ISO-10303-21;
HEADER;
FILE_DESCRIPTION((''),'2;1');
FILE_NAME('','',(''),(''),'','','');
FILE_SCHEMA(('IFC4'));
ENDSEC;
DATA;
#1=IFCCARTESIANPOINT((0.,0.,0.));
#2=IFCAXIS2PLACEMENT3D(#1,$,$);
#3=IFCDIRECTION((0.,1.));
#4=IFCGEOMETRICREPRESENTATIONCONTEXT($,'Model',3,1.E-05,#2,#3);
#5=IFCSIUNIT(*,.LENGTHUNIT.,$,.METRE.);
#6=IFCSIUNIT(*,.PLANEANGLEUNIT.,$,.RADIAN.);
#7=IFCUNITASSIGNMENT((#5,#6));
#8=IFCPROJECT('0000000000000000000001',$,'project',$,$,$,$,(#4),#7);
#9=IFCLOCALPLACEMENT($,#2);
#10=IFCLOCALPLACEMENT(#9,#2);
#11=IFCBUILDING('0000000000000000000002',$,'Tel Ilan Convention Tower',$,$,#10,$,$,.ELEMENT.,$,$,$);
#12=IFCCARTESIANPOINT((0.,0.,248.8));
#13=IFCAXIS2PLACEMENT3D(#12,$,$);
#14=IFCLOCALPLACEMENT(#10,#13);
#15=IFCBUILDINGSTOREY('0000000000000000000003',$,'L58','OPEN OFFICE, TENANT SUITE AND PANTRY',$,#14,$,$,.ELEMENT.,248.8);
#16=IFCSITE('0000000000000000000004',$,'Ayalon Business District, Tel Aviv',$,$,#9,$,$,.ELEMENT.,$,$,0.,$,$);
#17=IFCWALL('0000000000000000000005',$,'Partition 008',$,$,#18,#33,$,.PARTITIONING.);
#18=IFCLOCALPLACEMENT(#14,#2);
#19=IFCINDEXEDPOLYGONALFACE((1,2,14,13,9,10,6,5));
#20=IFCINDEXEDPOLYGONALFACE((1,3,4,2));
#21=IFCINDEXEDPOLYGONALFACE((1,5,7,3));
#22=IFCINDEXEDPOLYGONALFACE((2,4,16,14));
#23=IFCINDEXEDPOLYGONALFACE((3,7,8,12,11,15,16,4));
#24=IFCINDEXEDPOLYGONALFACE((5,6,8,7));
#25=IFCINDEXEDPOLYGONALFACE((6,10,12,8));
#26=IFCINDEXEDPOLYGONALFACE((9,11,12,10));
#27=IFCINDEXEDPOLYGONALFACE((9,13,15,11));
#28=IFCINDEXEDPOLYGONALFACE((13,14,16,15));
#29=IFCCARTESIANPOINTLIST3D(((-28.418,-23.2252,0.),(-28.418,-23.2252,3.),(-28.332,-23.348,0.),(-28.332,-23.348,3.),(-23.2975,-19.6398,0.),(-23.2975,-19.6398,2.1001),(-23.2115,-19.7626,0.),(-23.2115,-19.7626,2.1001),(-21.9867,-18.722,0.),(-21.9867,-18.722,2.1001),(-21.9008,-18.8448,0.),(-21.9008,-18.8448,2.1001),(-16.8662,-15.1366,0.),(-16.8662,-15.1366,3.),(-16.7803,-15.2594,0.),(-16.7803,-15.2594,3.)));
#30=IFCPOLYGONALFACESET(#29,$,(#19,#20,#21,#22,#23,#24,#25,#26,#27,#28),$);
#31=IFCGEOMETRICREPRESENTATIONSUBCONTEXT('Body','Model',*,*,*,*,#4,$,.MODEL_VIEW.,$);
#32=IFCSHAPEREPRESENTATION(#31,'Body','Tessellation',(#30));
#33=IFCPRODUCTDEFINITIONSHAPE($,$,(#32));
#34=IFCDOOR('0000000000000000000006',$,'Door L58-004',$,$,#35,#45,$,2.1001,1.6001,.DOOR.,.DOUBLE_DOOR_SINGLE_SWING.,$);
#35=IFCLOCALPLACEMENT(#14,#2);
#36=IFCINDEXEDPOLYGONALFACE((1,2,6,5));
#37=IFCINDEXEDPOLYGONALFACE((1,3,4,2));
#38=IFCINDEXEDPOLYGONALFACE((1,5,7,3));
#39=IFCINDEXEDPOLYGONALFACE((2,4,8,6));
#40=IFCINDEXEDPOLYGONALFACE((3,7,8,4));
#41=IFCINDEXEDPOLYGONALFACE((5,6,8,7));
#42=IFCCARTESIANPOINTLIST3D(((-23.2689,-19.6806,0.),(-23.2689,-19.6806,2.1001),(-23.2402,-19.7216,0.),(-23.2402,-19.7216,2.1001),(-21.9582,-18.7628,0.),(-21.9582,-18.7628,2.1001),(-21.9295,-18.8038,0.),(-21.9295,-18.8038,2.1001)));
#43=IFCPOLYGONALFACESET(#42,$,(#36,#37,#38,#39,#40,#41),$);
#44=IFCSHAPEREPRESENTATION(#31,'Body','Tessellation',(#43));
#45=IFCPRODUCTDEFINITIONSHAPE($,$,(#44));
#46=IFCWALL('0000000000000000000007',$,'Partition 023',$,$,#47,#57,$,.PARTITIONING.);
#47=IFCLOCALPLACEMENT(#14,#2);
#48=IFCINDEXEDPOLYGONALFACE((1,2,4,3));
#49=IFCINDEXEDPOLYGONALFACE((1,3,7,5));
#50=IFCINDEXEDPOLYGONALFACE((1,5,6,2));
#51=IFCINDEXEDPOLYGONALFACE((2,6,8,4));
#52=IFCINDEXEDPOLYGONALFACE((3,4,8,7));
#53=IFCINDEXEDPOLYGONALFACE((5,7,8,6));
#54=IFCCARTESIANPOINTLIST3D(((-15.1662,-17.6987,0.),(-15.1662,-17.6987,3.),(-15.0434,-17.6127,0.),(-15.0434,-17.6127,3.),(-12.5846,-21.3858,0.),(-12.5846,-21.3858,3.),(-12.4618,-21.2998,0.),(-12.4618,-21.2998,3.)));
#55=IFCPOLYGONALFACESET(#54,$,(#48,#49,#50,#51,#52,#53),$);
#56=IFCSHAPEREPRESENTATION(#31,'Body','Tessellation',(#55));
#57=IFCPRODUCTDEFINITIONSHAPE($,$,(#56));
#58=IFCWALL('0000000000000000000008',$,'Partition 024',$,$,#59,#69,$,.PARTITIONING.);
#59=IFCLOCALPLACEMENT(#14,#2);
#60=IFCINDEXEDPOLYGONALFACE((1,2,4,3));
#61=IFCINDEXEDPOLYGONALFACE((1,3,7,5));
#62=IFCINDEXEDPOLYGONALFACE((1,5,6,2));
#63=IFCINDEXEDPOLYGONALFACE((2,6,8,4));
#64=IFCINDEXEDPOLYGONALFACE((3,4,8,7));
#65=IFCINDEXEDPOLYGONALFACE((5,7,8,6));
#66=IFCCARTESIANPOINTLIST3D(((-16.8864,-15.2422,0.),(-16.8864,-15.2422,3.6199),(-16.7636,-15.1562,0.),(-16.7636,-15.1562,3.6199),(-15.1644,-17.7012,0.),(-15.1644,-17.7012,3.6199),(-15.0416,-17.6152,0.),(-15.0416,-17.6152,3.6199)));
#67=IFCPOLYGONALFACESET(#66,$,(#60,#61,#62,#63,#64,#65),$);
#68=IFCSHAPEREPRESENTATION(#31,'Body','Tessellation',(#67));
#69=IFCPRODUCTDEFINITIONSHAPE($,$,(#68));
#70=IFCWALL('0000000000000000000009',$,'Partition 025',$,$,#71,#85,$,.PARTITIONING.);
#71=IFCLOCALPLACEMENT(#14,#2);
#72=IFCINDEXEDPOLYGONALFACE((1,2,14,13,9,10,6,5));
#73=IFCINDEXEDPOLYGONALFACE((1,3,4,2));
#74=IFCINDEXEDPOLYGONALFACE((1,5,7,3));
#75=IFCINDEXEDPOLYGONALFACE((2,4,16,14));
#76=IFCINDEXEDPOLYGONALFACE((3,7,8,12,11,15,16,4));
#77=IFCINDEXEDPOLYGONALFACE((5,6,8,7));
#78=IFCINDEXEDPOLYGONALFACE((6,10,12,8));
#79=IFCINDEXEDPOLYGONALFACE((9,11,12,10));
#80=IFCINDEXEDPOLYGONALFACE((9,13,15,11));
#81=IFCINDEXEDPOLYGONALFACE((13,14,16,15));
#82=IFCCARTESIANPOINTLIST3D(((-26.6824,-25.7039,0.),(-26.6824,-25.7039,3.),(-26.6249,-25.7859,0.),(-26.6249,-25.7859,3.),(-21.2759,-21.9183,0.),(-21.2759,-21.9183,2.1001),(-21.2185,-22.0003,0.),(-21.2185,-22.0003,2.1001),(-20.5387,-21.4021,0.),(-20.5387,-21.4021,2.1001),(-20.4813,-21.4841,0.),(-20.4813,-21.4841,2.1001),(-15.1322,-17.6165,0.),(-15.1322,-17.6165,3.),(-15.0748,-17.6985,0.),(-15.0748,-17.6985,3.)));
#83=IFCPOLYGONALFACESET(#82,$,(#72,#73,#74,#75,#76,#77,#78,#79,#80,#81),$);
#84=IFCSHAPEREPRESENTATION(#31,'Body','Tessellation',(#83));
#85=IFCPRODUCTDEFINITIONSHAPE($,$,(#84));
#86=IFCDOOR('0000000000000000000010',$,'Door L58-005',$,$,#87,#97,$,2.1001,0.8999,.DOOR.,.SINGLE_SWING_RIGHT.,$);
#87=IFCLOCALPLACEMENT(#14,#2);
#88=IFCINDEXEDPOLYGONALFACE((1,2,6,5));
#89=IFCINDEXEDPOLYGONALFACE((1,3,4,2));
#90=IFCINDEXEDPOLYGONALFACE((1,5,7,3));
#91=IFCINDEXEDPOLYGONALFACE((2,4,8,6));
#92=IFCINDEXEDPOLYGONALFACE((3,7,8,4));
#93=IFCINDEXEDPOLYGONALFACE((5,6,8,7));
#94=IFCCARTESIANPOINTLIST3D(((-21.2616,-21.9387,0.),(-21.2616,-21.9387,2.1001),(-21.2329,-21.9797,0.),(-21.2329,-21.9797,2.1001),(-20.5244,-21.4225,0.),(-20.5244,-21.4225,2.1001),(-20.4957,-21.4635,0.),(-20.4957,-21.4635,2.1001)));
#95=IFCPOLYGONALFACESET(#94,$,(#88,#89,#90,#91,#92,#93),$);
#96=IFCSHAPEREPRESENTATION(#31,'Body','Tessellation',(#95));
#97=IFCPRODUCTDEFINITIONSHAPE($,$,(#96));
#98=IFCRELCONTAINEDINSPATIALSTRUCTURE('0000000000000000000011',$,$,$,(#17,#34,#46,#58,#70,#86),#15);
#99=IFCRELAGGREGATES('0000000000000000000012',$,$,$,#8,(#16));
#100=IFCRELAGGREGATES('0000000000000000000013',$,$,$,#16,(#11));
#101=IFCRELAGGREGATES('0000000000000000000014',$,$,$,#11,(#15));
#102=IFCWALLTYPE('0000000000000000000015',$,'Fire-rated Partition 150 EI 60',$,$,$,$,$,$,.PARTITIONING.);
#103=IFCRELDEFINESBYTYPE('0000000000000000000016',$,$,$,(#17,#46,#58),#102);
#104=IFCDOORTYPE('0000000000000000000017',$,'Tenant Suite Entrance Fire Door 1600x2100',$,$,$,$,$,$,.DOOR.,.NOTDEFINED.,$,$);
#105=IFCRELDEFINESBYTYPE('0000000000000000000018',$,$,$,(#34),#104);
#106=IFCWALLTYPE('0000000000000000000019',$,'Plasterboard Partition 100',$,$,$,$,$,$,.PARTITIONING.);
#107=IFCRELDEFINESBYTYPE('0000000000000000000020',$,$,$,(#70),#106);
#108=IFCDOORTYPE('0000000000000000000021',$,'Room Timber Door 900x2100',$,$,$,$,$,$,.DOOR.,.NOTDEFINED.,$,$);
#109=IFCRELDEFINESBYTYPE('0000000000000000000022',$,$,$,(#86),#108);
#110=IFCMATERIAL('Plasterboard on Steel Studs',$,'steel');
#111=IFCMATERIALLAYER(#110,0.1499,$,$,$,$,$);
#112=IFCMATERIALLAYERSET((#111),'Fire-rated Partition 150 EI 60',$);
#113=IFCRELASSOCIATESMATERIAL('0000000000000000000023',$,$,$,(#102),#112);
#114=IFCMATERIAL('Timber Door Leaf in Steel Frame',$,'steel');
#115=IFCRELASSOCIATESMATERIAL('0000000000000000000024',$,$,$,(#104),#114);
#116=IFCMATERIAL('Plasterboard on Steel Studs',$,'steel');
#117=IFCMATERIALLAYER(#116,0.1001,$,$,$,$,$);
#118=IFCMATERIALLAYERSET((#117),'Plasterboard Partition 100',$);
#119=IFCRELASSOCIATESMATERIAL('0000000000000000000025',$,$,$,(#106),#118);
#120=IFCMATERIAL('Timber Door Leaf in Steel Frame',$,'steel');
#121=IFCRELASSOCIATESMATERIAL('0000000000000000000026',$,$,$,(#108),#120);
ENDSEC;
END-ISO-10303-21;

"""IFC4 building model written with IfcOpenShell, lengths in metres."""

from ifc_helpers import new_model, si_unit, direction, frame, frame_2d, origin, place, context, subcontext, project, spatial, rectangle, extrude, material, layer, layer_set, type_object, element, fill, save


model = new_model("IFC4")

# Units and contexts
model_context = context("Model", 3, precision=1e-05, world=origin(), true_north=direction((0.0, 1.0)))
body_context = subcontext(model_context, "Body", "Model", "MODEL_VIEW")
ifc_project = project(units=[si_unit("LENGTHUNIT", "METRE"), si_unit("PLANEANGLEUNIT", "RADIAN")], contexts=[model_context])

# Site, building, storey
site_placement = place(None, origin())
site = spatial("IfcSite", under=ifc_project, at=site_placement, Name="Ayalon Business District, Tel Aviv", CompositionType="ELEMENT", RefElevation=0.0)
building_placement = place(site_placement, origin())
building = spatial("IfcBuilding", under=site, at=building_placement, Name="Tel Ilan Convention Tower", CompositionType="ELEMENT")
storey_placement = place(building_placement, frame((0.0, 0.0, 248.8)))
storey = spatial("IfcBuildingStorey", under=building, at=storey_placement, Name="L58", Description="OPEN OFFICE, TENANT SUITE AND PANTRY", CompositionType="ELEMENT", Elevation=248.8)

# Wall, opening, door
ifc_material_1 = material(Name="Plasterboard on Steel Studs", Category="steel")
ifc_layer_1 = layer(ifc_material_1, 0.1499)
ifc_layer_set_1 = layer_set([ifc_layer_1], Name="Fire-rated Partition 150 EI 60")
wall_type_1 = type_object("IfcWallType", Name="Fire-rated Partition 150 EI 60", PredefinedType="PARTITIONING", material=ifc_layer_set_1)
wall_1_placement = place(storey_placement, frame((-16.8232, -15.198, 0.0), z_axis=(0.0, 0.0, 1.0), x_axis=(-0.819152, -0.573576, 0.0)))
wall_1 = element("IfcWall", 1, at=wall_1_placement, inside=storey, type_object=wall_type_1, Name="Partition 008", PredefinedType="PARTITIONING", context=body_context, shape_type="SweptSolid", body=[
    extrude(rectangle(XDim=14.1021, YDim=0.1499, at=frame_2d((7.051, 0.0))), origin(), (0.0, 0.0, 1.0), 3.0),
])
opening_1_placement = place(wall_1_placement, frame((6.251, 0.0, 0.0)))
opening_1 = element("IfcOpeningElement", 2, at=opening_1_placement, cuts=wall_1, PredefinedType="OPENING", context=body_context, shape_type="SweptSolid", body=[
    extrude(rectangle(XDim=1.6001, YDim=2.1001, at=frame_2d((0.8, 1.05))), frame((0.0, 0.085, 0.0), z_axis=(0.0, -1.0, 0.0), x_axis=(1.0, 0.0, 0.0)), (0.0, 0.0, 1.0), 0.1699),
])
ifc_material_2 = material(Name="Timber Door Leaf in Steel Frame", Category="steel")
door_type_1 = type_object("IfcDoorType", Name="Tenant Suite Entrance Fire Door 1600x2100", OperationType="NOTDEFINED", PredefinedType="DOOR", material=ifc_material_2)
door_1_placement = place(opening_1_placement, origin())
door_1 = element("IfcDoor", 3, at=door_1_placement, inside=storey, type_object=door_type_1, Name="Door L58-004", OperationType="DOUBLE_DOOR_SINGLE_SWING", OverallHeight=2.1001, OverallWidth=1.6001, PredefinedType="DOOR", context=body_context, shape_type="SweptSolid", body=[
    extrude(rectangle(XDim=1.6001, YDim=2.1001, at=frame_2d((0.8, 1.05))), frame((0.0, 0.0249, 0.0), z_axis=(0.0, -1.0, 0.0), x_axis=(1.0, 0.0, 0.0)), (0.0, 0.0, 1.0), 0.05),
])
fill(opening_1, door_1)

# Walls
wall_2_placement = place(storey_placement, frame((-12.5232, -21.3428, 0.0), z_axis=(0.0, 0.0, 1.0), x_axis=(-0.573557, 0.819166, 0.0)))
element("IfcWall", 4, at=wall_2_placement, inside=storey, type_object=wall_type_1, Name="Partition 023", PredefinedType="PARTITIONING", context=body_context, shape_type="SweptSolid", body=[
    extrude(rectangle(XDim=4.501, YDim=0.1499, at=frame_2d((2.2505, 0.0))), origin(), (0.0, 0.0, 1.0), 3.0),
])
wall_3_placement = place(storey_placement, frame((-15.103, -17.6582, 0.0), z_axis=(0.0, 0.0, 1.0), x_axis=(-0.573604, 0.819133, 0.0)))
element("IfcWall", 5, at=wall_3_placement, inside=storey, type_object=wall_type_1, Name="Partition 024", PredefinedType="PARTITIONING", context=body_context, shape_type="SweptSolid", body=[
    extrude(rectangle(XDim=3.002, YDim=0.1499, at=frame_2d((1.501, 0.0))), origin(), (0.0, 0.0, 1.0), 3.6199),
])

# Wall, opening, door
ifc_material_3 = material(Name="Plasterboard on Steel Studs", Category="steel")
ifc_layer_2 = layer(ifc_material_3, 0.1001)
ifc_layer_set_2 = layer_set([ifc_layer_2], Name="Plasterboard Partition 100")
wall_type_2 = type_object("IfcWallType", Name="Plasterboard Partition 100", PredefinedType="PARTITIONING", material=ifc_layer_set_2)
wall_4_placement = place(storey_placement, frame((-15.1035, -17.6575, 0.0), z_axis=(0.0, 0.0, 1.0), x_axis=(-0.819153, -0.573575, 0.0)))
wall_4 = element("IfcWall", 6, at=wall_4_placement, inside=storey, type_object=wall_type_2, Name="Partition 025", PredefinedType="PARTITIONING", context=body_context, shape_type="SweptSolid", body=[
    extrude(rectangle(XDim=14.1001, YDim=0.1001, at=frame_2d((7.05, 0.0))), origin(), (0.0, 0.0, 1.0), 3.0),
])
opening_2_placement = place(wall_4_placement, frame((6.6001, 0.0, 0.0)))
opening_2 = element("IfcOpeningElement", 7, at=opening_2_placement, cuts=wall_4, PredefinedType="OPENING", context=body_context, shape_type="SweptSolid", body=[
    extrude(rectangle(XDim=0.8999, YDim=2.1001, at=frame_2d((0.45, 1.05))), frame((0.0, 0.0601, 0.0), z_axis=(0.0, -1.0, 0.0), x_axis=(1.0, 0.0, 0.0)), (0.0, 0.0, 1.0), 0.1201),
])
ifc_material_4 = material(Name="Timber Door Leaf in Steel Frame", Category="steel")
door_type_2 = type_object("IfcDoorType", Name="Room Timber Door 900x2100", OperationType="NOTDEFINED", PredefinedType="DOOR", material=ifc_material_4)
door_2_placement = place(opening_2_placement, origin())
door_2 = element("IfcDoor", 8, at=door_2_placement, inside=storey, type_object=door_type_2, Name="Door L58-005", OperationType="SINGLE_SWING_RIGHT", OverallHeight=2.1001, OverallWidth=0.8999, PredefinedType="DOOR", context=body_context, shape_type="SweptSolid", body=[
    extrude(rectangle(XDim=0.8999, YDim=2.1001, at=frame_2d((0.45, 1.05))), frame((0.0, 0.0249, 0.0), z_axis=(0.0, -1.0, 0.0), x_axis=(1.0, 0.0, 0.0)), (0.0, 0.0, 1.0), 0.05),
])
fill(opening_2, door_2)

save(model, "model.ifc")
